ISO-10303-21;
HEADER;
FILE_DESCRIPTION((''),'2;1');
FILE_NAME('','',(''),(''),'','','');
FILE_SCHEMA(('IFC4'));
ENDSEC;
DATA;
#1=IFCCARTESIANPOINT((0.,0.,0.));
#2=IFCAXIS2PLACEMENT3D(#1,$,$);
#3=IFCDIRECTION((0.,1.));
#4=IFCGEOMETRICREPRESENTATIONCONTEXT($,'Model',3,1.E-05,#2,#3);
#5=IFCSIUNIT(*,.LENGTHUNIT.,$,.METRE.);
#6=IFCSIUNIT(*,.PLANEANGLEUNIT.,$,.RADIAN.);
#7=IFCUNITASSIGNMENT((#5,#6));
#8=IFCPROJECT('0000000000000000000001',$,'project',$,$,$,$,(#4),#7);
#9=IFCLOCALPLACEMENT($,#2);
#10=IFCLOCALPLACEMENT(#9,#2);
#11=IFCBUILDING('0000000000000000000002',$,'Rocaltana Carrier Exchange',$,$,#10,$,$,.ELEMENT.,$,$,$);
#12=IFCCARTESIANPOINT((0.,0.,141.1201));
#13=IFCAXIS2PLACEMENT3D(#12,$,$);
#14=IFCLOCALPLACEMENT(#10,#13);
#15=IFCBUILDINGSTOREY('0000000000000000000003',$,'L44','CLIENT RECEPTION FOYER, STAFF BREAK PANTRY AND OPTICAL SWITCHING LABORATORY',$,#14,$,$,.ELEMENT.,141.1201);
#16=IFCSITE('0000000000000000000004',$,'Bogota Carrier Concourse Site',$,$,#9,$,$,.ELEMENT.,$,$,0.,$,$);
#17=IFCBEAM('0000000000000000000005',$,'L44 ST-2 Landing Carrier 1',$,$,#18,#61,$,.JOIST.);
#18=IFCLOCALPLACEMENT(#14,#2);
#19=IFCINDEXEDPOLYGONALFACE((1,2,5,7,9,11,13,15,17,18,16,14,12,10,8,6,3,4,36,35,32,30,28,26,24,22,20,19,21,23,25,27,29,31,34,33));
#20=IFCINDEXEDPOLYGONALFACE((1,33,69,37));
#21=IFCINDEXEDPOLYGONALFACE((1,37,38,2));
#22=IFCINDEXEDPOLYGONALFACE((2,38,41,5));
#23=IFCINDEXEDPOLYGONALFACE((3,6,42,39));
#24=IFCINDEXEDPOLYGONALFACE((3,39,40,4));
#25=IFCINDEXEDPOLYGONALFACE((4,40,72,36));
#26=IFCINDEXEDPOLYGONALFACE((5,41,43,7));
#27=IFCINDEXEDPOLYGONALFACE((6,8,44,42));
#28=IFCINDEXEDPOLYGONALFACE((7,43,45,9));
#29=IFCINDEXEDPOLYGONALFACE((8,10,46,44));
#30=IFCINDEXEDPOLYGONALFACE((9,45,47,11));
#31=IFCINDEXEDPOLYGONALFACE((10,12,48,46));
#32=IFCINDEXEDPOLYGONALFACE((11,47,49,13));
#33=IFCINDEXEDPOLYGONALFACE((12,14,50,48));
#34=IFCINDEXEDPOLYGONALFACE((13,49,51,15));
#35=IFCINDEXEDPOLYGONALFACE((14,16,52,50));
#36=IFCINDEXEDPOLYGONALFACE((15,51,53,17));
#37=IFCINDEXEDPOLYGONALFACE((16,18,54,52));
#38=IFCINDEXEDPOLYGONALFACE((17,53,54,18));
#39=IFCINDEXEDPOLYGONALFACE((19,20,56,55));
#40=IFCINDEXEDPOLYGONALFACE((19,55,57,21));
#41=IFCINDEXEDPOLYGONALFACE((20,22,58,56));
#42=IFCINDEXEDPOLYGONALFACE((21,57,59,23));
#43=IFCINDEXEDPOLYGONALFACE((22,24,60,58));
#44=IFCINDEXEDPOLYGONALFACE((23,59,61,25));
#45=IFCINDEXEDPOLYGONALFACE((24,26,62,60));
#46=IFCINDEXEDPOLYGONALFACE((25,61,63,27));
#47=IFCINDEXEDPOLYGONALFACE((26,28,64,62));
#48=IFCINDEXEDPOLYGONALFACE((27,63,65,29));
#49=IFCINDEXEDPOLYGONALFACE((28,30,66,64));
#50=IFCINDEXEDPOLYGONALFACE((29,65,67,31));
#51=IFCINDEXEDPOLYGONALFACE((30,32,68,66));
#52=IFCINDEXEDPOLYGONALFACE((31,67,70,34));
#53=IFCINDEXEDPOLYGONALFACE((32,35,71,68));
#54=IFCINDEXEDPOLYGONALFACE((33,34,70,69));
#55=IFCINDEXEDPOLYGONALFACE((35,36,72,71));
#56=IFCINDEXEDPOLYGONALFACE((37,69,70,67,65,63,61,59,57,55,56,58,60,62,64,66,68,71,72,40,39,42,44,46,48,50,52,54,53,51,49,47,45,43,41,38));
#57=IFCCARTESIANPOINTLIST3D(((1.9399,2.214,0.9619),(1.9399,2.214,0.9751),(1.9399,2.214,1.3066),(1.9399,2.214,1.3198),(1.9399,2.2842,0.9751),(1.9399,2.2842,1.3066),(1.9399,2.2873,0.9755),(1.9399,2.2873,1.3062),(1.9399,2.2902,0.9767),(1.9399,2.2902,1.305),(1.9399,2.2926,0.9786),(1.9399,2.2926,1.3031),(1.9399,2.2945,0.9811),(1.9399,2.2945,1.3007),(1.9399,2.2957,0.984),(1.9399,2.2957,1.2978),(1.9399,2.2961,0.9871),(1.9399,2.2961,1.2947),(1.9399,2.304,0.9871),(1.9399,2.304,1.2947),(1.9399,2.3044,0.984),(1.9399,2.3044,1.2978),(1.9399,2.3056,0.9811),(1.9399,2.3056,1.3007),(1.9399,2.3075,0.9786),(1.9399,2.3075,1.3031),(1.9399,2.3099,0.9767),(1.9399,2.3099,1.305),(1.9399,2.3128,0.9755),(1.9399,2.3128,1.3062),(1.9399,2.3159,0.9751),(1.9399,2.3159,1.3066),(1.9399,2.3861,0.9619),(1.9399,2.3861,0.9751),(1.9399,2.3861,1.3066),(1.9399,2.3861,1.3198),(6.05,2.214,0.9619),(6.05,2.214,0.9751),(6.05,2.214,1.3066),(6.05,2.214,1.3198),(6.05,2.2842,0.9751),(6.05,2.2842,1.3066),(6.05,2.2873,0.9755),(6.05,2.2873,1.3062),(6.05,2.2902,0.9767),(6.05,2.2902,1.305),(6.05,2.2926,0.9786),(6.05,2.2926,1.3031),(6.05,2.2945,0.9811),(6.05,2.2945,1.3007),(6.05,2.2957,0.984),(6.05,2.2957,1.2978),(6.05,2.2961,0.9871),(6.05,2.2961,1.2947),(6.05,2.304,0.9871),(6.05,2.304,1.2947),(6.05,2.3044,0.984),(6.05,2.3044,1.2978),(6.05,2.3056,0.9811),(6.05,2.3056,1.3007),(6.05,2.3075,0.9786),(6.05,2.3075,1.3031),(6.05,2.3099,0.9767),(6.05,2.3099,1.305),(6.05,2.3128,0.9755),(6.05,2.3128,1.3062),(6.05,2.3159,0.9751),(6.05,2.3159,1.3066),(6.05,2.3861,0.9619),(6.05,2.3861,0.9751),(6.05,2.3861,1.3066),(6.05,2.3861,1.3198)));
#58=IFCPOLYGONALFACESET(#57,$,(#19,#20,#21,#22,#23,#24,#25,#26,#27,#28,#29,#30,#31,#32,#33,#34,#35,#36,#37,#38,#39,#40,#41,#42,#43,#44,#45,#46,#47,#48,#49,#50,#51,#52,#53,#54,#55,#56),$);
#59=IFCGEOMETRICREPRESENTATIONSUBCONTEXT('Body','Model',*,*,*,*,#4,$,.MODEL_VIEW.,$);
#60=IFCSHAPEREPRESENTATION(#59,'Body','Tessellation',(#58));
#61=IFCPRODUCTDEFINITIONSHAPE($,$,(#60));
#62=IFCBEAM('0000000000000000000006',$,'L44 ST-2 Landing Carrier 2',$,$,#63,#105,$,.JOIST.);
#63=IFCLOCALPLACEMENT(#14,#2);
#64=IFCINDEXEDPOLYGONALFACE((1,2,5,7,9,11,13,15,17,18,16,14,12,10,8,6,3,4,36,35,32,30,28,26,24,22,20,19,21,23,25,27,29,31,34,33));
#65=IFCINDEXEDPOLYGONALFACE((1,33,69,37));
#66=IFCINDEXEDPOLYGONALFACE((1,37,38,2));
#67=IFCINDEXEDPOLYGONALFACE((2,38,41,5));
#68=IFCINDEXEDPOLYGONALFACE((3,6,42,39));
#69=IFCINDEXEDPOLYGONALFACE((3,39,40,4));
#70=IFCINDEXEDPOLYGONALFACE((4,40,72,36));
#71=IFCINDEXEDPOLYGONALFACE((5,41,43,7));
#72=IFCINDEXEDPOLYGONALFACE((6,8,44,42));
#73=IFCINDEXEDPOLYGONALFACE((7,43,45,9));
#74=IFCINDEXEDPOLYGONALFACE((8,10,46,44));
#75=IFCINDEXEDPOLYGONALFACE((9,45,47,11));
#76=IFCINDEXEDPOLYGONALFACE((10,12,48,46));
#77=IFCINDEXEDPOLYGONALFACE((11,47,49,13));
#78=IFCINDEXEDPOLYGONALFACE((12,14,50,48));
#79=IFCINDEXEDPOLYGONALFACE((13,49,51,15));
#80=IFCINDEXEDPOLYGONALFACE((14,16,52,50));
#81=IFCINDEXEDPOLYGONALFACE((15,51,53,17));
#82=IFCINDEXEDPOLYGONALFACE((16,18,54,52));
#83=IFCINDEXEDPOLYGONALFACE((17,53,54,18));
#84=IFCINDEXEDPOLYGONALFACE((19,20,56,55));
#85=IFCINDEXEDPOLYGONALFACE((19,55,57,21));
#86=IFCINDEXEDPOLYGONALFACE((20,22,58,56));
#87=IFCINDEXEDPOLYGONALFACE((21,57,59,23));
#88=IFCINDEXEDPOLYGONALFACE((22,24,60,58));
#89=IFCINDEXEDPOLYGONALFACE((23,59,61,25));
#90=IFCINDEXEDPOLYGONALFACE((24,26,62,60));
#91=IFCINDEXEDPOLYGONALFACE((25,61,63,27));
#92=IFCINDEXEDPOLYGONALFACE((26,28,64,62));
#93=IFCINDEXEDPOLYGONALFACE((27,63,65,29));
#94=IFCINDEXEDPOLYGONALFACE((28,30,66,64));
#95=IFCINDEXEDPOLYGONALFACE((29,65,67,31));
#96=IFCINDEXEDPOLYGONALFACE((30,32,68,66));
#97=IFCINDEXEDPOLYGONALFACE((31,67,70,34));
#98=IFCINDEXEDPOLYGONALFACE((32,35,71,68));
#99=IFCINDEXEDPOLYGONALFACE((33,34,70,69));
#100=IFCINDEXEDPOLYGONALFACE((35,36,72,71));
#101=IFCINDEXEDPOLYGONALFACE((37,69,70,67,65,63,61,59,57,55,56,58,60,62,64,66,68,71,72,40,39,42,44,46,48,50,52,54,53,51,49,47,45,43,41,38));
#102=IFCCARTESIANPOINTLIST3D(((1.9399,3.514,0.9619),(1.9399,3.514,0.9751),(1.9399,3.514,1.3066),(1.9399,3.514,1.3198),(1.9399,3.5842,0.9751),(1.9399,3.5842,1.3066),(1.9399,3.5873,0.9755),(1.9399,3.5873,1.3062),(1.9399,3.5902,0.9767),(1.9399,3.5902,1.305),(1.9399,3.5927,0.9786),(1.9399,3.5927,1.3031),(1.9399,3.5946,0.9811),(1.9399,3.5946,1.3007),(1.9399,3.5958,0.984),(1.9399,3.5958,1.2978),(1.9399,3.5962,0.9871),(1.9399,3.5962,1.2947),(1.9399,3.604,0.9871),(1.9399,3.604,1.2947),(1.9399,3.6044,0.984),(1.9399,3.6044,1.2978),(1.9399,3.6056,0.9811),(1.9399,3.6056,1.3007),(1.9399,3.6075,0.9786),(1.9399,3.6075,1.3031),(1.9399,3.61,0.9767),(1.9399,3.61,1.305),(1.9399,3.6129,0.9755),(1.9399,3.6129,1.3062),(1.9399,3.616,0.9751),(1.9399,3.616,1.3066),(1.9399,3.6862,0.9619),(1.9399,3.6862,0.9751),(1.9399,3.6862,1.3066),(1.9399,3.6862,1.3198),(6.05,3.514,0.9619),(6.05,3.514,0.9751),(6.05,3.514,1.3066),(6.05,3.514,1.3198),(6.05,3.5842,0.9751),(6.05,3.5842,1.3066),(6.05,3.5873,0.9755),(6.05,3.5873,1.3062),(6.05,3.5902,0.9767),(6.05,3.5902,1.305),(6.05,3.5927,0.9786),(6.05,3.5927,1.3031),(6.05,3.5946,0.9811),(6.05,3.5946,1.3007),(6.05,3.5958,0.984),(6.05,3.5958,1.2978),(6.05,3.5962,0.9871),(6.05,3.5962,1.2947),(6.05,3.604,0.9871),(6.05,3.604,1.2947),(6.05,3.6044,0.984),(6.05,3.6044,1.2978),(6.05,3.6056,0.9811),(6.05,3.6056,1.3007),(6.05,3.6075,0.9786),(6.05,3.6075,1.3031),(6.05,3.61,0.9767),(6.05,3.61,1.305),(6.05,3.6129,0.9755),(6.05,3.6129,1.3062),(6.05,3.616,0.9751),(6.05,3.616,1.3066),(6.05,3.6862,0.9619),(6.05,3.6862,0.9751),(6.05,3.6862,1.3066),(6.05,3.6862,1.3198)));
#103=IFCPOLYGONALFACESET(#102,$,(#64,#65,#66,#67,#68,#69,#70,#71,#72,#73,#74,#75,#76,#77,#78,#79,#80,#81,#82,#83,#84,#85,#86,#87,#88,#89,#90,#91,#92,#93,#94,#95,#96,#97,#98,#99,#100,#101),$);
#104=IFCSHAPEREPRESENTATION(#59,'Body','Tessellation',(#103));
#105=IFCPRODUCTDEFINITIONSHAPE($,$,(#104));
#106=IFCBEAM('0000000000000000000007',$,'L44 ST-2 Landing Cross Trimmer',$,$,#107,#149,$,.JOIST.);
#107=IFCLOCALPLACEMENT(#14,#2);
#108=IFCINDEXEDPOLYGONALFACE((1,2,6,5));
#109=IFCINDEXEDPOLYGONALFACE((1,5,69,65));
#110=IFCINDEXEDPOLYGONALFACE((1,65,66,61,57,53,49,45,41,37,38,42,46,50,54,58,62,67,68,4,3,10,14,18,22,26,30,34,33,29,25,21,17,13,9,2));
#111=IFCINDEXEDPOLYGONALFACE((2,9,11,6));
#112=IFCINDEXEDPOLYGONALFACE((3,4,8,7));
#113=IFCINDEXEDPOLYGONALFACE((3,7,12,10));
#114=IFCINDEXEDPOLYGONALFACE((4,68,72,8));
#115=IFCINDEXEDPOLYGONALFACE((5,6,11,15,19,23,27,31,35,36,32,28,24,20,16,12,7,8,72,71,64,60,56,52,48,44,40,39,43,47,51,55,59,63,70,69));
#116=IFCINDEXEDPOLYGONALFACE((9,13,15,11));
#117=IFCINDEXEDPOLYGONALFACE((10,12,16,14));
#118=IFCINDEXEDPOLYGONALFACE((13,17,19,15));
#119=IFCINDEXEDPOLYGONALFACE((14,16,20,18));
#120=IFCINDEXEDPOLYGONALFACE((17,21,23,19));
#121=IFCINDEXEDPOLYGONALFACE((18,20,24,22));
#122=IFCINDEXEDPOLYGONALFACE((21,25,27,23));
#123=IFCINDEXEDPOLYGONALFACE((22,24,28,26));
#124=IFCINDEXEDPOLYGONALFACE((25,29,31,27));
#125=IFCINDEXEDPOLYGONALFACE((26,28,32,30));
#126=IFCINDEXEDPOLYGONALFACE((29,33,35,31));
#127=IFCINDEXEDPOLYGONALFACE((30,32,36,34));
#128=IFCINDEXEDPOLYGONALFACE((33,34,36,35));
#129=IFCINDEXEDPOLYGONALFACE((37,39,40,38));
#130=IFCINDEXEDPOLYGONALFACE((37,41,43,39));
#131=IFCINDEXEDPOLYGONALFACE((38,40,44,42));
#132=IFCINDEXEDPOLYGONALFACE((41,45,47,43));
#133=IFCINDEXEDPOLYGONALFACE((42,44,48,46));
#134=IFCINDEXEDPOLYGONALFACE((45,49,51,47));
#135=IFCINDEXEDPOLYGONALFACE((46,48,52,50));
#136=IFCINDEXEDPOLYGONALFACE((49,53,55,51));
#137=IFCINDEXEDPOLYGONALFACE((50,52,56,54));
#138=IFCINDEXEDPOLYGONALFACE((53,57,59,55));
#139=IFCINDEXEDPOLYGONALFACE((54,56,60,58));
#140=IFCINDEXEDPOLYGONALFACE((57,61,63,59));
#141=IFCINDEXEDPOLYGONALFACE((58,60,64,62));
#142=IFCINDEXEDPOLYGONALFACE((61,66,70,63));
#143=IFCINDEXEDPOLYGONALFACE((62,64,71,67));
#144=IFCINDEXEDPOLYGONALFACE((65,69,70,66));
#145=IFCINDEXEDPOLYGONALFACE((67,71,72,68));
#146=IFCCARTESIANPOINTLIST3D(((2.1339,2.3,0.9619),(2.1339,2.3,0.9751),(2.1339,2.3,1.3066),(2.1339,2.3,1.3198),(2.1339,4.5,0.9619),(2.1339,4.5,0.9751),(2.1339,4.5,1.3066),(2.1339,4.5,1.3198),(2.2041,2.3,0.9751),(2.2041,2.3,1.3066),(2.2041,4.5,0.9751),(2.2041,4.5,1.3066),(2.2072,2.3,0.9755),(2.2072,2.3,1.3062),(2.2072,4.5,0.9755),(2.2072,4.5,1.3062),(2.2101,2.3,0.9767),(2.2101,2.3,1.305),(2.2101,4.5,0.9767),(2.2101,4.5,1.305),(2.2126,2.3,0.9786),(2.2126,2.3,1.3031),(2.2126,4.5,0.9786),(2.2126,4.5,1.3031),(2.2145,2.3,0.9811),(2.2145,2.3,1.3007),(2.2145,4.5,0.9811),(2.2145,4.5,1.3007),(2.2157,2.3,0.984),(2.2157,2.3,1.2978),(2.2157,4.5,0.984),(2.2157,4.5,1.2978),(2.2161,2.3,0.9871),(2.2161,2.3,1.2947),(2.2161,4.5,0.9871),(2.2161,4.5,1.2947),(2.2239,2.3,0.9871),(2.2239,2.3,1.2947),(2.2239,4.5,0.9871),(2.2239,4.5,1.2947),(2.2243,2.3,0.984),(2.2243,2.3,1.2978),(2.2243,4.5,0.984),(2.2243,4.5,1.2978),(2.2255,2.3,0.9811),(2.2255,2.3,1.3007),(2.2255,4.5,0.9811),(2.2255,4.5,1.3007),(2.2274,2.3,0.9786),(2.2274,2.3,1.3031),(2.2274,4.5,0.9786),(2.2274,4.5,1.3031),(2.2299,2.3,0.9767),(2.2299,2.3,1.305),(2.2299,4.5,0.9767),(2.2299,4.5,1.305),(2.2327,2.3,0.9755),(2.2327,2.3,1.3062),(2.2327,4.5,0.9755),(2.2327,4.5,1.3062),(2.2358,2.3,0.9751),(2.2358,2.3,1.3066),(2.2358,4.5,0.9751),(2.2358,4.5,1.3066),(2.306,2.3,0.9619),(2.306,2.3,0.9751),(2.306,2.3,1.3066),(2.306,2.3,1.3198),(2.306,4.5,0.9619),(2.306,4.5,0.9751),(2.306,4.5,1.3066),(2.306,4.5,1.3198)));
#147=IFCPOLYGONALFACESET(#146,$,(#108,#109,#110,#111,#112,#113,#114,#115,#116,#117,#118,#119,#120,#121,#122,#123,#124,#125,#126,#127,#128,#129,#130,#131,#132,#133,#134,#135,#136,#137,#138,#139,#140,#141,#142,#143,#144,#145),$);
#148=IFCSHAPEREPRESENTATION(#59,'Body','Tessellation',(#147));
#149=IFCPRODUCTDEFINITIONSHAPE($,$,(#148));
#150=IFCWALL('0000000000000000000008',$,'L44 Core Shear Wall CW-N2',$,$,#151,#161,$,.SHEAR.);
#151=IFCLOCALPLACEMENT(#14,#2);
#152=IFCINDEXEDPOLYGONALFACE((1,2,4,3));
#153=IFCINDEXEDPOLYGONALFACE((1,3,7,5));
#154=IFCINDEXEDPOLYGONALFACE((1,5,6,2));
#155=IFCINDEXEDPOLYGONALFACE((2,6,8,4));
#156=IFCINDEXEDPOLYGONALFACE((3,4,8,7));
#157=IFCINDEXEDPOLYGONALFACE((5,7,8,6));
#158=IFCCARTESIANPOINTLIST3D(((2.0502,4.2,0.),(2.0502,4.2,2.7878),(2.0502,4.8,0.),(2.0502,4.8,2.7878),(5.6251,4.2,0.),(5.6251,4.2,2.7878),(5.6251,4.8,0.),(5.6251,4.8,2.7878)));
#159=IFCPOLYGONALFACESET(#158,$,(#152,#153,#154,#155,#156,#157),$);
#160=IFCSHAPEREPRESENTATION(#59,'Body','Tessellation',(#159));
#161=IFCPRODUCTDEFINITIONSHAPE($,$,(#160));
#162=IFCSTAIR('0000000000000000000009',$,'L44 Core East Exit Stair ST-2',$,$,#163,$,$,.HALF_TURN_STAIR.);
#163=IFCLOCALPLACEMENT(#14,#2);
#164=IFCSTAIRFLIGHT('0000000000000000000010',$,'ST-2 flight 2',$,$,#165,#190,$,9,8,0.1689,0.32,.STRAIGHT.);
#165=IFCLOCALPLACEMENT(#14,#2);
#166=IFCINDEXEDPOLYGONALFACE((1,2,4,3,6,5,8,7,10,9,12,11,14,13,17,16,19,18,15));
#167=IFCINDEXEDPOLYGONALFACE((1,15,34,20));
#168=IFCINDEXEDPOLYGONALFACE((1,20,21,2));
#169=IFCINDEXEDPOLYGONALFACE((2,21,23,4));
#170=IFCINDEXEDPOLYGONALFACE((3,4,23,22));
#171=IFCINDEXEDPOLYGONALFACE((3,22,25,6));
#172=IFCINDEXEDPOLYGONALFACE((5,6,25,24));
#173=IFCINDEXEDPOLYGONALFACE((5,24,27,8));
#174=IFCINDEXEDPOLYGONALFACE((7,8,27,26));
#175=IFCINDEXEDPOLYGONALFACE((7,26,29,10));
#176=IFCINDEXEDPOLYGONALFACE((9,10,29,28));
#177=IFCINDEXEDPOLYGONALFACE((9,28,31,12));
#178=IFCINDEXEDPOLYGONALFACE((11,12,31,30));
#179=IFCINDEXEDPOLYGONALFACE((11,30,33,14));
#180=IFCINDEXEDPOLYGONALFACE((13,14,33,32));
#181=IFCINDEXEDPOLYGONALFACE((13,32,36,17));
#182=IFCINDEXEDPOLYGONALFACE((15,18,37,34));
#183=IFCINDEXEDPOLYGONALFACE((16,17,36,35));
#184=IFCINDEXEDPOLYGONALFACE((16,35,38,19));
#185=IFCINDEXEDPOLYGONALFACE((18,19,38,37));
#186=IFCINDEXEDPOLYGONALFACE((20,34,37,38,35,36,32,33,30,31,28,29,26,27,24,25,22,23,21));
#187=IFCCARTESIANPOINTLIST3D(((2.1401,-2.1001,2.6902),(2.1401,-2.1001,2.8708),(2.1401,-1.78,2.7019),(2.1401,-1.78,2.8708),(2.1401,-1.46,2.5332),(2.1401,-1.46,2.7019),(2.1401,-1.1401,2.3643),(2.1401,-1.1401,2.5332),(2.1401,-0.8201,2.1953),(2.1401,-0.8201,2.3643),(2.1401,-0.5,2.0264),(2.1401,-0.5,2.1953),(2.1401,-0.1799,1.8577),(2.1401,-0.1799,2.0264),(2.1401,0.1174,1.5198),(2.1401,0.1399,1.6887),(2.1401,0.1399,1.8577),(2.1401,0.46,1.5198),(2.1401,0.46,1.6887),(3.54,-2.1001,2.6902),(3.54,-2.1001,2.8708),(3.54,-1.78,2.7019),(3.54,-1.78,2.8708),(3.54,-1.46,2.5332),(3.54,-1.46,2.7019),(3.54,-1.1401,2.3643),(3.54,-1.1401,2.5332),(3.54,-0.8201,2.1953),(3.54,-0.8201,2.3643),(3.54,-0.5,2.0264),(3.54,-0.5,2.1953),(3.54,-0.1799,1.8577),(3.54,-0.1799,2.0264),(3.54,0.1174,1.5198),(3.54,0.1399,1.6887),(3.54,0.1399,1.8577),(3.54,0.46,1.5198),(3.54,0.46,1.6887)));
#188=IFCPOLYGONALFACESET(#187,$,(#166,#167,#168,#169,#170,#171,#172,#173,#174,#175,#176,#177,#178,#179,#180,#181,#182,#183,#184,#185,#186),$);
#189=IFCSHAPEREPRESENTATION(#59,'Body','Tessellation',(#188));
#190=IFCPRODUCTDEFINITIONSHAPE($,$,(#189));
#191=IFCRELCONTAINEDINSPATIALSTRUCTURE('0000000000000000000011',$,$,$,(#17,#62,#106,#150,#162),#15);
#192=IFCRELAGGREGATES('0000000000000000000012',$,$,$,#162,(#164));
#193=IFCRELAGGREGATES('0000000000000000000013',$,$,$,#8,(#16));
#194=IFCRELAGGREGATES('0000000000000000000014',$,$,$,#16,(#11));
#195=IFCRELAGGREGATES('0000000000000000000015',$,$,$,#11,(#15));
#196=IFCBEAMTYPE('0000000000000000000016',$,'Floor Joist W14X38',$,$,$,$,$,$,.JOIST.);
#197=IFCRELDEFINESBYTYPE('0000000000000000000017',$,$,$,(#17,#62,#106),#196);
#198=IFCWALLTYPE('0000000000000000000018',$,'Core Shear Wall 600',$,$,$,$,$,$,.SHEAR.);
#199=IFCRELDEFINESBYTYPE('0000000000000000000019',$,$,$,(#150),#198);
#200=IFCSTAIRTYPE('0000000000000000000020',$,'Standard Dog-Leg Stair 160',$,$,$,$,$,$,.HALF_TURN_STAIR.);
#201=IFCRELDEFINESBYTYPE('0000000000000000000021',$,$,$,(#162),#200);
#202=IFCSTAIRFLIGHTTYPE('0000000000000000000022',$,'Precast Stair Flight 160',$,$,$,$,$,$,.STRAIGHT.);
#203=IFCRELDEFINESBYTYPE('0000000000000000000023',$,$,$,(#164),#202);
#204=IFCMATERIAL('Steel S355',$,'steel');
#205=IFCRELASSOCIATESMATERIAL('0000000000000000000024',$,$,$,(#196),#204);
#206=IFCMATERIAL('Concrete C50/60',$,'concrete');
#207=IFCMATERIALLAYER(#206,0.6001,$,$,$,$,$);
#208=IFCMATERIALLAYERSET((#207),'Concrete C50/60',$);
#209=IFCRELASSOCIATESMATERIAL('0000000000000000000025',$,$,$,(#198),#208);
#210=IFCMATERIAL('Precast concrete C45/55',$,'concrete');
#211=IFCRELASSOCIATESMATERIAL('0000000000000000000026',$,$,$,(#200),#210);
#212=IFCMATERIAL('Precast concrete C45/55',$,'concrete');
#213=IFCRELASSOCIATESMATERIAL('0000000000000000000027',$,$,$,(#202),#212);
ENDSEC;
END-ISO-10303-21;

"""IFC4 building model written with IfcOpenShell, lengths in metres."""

from ifc_helpers import new_model, si_unit, direction, frame, frame_2d, origin, origin_2d, place, context, subcontext, project, spatial, polyline, rectangle, i_section, outline, extrude, material, layer, layer_set, material_profile, profile_set, type_object, element, aggregate, save


model = new_model("IFC4")

# Units and contexts
model_context = context("Model", 3, precision=1e-05, world=origin(), true_north=direction((0.0, 1.0)))
body_context = subcontext(model_context, "Body", "Model", "MODEL_VIEW")
ifc_project = project(units=[si_unit("LENGTHUNIT", "METRE"), si_unit("PLANEANGLEUNIT", "RADIAN")], contexts=[model_context])

# Site, building, storey
site_placement = place(None, origin())
site = spatial("IfcSite", under=ifc_project, at=site_placement, Name="Bogota Carrier Concourse Site", CompositionType="ELEMENT", RefElevation=0.0)
building_placement = place(site_placement, origin())
building = spatial("IfcBuilding", under=site, at=building_placement, Name="Rocaltana Carrier Exchange", CompositionType="ELEMENT")
storey_placement = place(building_placement, frame((0.0, 0.0, 141.1201)))
storey = spatial("IfcBuildingStorey", under=building, at=storey_placement, Name="L44", Description="CLIENT RECEPTION FOYER, STAFF BREAK PANTRY AND OPTICAL SWITCHING LABORATORY", CompositionType="ELEMENT", Elevation=141.1201)

# Beams
ifc_material_1 = material(Name="Steel S355", Category="steel")
ifc_material_profile = material_profile(ifc_material_1, i_section(OverallWidth=0.1721, OverallDepth=0.3579, WebThickness=0.0078, FlangeThickness=0.0132, FilletRadius=0.012, at=origin_2d()), Name="W14X38")
ifc_profile_set = profile_set([ifc_material_profile], Name="Steel S355")
beam_type = type_object("IfcBeamType", Name="Floor Joist W14X38", PredefinedType="JOIST", material=ifc_profile_set)
for number, where, z_axis, x_axis, name in (
    (1, (1.9399, 2.3, 1.1409), (1.0, 0.0, 0.0), (0.0, 1.0, 0.0), "L44 ST-2 Landing Carrier 1"),
    (2, (1.9399, 3.6001, 1.1409), (1.0, 0.0, 0.0), (0.0, 1.0, 0.0), "L44 ST-2 Landing Carrier 2"),
):
    element("IfcBeam", number, at=place(storey_placement, frame(where, z_axis=z_axis, x_axis=x_axis)), inside=storey, type_object=beam_type, Name=name, PredefinedType="JOIST", context=body_context, shape_type="SweptSolid", body=[
        extrude(i_section(OverallWidth=0.1721, OverallDepth=0.3579, WebThickness=0.0078, FlangeThickness=0.0132, FilletRadius=0.012, at=origin_2d()), origin(), (0.0, 0.0, 1.0), 4.1101),
    ])
beam_placement = place(storey_placement, frame((2.22, 2.3, 1.1409), z_axis=(0.0, 1.0, 0.0), x_axis=(-1.0, 0.0, 0.0)))
element("IfcBeam", 3, at=beam_placement, inside=storey, type_object=beam_type, Name="L44 ST-2 Landing Cross Trimmer", PredefinedType="JOIST", context=body_context, shape_type="SweptSolid", body=[
    extrude(i_section(OverallWidth=0.1721, OverallDepth=0.3579, WebThickness=0.0078, FlangeThickness=0.0132, FilletRadius=0.012, at=origin_2d()), origin(), (0.0, 0.0, 1.0), 2.2),
])

# Wall
ifc_material_2 = material(Name="Concrete C50/60", Category="concrete")
ifc_layer_1 = layer(ifc_material_2, 0.6001)
ifc_layer_set_1 = layer_set([ifc_layer_1], Name="Concrete C50/60")
wall_type = type_object("IfcWallType", Name="Core Shear Wall 600", PredefinedType="SHEAR", material=ifc_layer_set_1)
wall_placement = place(storey_placement, frame((2.05, 4.5, 0.0), z_axis=(0.0, 0.0, 1.0), x_axis=(1.0, 0.0, 0.0)))
element("IfcWall", 4, at=wall_placement, inside=storey, type_object=wall_type, Name="L44 Core Shear Wall CW-N2", PredefinedType="SHEAR", context=body_context, shape_type="SweptSolid", body=[
    extrude(rectangle(XDim=3.575, YDim=0.6001, at=frame_2d((1.7876, 0.0))), origin(), (0.0, 0.0, 1.0), 2.7878),
])

# Stair, stair flight
ifc_material_3 = material(Name="Precast concrete C45/55", Category="concrete")
stair_type = type_object("IfcStairType", Name="Standard Dog-Leg Stair 160", PredefinedType="HALF_TURN_STAIR", material=ifc_material_3)
stair_placement = place(storey_placement, origin())
stair = element("IfcStair", 5, at=stair_placement, inside=storey, type_object=stair_type, Name="L44 Core East Exit Stair ST-2", PredefinedType="HALF_TURN_STAIR")
ifc_material_4 = material(Name="Precast concrete C45/55", Category="concrete")
stair_flight_type = type_object("IfcStairFlightType", Name="Precast Stair Flight 160", PredefinedType="STRAIGHT", material=ifc_material_4)
stair_flight_placement = place(storey_placement, frame((2.8401, 0.46, 1.5198), z_axis=(0.0, 0.0, 1.0), x_axis=(0.0, -1.0, 0.0)))
stair_flight = element("IfcStairFlight", 6, at=stair_flight_placement, type_object=stair_flight_type, Name="ST-2 flight 2", NumberOfRisers=9, NumberOfTreads=8, PredefinedType="STRAIGHT", RiserHeight=0.1689, TreadLength=0.32, context=body_context, shape_type="SweptSolid", body=[
    extrude(outline(polyline([(0.0, 0.0), (0.0, 0.1689), (0.3201, 0.1689), (0.3201, 0.3379), (0.6399, 0.3379), (0.6399, 0.5066), (0.96, 0.5066), (0.96, 0.6755), (1.28, 0.6755), (1.28, 0.8445), (1.6001, 0.8445), (1.6001, 1.0134), (1.9199, 1.0134), (1.9199, 1.1821), (2.24, 1.1821), (2.24, 1.3511), (2.5601, 1.3511), (2.5601, 1.52), (2.5601, 1.1704), (0.3425, 0.0), (0.0, 0.0)])), frame((0.0, 0.7, 0.0), z_axis=(0.0, -1.0, 0.0), x_axis=(1.0, 0.0, 0.0)), (0.0, 0.0, 1.0), 1.3999),
])
aggregate(stair, [stair_flight])

save(model, "model.ifc")
